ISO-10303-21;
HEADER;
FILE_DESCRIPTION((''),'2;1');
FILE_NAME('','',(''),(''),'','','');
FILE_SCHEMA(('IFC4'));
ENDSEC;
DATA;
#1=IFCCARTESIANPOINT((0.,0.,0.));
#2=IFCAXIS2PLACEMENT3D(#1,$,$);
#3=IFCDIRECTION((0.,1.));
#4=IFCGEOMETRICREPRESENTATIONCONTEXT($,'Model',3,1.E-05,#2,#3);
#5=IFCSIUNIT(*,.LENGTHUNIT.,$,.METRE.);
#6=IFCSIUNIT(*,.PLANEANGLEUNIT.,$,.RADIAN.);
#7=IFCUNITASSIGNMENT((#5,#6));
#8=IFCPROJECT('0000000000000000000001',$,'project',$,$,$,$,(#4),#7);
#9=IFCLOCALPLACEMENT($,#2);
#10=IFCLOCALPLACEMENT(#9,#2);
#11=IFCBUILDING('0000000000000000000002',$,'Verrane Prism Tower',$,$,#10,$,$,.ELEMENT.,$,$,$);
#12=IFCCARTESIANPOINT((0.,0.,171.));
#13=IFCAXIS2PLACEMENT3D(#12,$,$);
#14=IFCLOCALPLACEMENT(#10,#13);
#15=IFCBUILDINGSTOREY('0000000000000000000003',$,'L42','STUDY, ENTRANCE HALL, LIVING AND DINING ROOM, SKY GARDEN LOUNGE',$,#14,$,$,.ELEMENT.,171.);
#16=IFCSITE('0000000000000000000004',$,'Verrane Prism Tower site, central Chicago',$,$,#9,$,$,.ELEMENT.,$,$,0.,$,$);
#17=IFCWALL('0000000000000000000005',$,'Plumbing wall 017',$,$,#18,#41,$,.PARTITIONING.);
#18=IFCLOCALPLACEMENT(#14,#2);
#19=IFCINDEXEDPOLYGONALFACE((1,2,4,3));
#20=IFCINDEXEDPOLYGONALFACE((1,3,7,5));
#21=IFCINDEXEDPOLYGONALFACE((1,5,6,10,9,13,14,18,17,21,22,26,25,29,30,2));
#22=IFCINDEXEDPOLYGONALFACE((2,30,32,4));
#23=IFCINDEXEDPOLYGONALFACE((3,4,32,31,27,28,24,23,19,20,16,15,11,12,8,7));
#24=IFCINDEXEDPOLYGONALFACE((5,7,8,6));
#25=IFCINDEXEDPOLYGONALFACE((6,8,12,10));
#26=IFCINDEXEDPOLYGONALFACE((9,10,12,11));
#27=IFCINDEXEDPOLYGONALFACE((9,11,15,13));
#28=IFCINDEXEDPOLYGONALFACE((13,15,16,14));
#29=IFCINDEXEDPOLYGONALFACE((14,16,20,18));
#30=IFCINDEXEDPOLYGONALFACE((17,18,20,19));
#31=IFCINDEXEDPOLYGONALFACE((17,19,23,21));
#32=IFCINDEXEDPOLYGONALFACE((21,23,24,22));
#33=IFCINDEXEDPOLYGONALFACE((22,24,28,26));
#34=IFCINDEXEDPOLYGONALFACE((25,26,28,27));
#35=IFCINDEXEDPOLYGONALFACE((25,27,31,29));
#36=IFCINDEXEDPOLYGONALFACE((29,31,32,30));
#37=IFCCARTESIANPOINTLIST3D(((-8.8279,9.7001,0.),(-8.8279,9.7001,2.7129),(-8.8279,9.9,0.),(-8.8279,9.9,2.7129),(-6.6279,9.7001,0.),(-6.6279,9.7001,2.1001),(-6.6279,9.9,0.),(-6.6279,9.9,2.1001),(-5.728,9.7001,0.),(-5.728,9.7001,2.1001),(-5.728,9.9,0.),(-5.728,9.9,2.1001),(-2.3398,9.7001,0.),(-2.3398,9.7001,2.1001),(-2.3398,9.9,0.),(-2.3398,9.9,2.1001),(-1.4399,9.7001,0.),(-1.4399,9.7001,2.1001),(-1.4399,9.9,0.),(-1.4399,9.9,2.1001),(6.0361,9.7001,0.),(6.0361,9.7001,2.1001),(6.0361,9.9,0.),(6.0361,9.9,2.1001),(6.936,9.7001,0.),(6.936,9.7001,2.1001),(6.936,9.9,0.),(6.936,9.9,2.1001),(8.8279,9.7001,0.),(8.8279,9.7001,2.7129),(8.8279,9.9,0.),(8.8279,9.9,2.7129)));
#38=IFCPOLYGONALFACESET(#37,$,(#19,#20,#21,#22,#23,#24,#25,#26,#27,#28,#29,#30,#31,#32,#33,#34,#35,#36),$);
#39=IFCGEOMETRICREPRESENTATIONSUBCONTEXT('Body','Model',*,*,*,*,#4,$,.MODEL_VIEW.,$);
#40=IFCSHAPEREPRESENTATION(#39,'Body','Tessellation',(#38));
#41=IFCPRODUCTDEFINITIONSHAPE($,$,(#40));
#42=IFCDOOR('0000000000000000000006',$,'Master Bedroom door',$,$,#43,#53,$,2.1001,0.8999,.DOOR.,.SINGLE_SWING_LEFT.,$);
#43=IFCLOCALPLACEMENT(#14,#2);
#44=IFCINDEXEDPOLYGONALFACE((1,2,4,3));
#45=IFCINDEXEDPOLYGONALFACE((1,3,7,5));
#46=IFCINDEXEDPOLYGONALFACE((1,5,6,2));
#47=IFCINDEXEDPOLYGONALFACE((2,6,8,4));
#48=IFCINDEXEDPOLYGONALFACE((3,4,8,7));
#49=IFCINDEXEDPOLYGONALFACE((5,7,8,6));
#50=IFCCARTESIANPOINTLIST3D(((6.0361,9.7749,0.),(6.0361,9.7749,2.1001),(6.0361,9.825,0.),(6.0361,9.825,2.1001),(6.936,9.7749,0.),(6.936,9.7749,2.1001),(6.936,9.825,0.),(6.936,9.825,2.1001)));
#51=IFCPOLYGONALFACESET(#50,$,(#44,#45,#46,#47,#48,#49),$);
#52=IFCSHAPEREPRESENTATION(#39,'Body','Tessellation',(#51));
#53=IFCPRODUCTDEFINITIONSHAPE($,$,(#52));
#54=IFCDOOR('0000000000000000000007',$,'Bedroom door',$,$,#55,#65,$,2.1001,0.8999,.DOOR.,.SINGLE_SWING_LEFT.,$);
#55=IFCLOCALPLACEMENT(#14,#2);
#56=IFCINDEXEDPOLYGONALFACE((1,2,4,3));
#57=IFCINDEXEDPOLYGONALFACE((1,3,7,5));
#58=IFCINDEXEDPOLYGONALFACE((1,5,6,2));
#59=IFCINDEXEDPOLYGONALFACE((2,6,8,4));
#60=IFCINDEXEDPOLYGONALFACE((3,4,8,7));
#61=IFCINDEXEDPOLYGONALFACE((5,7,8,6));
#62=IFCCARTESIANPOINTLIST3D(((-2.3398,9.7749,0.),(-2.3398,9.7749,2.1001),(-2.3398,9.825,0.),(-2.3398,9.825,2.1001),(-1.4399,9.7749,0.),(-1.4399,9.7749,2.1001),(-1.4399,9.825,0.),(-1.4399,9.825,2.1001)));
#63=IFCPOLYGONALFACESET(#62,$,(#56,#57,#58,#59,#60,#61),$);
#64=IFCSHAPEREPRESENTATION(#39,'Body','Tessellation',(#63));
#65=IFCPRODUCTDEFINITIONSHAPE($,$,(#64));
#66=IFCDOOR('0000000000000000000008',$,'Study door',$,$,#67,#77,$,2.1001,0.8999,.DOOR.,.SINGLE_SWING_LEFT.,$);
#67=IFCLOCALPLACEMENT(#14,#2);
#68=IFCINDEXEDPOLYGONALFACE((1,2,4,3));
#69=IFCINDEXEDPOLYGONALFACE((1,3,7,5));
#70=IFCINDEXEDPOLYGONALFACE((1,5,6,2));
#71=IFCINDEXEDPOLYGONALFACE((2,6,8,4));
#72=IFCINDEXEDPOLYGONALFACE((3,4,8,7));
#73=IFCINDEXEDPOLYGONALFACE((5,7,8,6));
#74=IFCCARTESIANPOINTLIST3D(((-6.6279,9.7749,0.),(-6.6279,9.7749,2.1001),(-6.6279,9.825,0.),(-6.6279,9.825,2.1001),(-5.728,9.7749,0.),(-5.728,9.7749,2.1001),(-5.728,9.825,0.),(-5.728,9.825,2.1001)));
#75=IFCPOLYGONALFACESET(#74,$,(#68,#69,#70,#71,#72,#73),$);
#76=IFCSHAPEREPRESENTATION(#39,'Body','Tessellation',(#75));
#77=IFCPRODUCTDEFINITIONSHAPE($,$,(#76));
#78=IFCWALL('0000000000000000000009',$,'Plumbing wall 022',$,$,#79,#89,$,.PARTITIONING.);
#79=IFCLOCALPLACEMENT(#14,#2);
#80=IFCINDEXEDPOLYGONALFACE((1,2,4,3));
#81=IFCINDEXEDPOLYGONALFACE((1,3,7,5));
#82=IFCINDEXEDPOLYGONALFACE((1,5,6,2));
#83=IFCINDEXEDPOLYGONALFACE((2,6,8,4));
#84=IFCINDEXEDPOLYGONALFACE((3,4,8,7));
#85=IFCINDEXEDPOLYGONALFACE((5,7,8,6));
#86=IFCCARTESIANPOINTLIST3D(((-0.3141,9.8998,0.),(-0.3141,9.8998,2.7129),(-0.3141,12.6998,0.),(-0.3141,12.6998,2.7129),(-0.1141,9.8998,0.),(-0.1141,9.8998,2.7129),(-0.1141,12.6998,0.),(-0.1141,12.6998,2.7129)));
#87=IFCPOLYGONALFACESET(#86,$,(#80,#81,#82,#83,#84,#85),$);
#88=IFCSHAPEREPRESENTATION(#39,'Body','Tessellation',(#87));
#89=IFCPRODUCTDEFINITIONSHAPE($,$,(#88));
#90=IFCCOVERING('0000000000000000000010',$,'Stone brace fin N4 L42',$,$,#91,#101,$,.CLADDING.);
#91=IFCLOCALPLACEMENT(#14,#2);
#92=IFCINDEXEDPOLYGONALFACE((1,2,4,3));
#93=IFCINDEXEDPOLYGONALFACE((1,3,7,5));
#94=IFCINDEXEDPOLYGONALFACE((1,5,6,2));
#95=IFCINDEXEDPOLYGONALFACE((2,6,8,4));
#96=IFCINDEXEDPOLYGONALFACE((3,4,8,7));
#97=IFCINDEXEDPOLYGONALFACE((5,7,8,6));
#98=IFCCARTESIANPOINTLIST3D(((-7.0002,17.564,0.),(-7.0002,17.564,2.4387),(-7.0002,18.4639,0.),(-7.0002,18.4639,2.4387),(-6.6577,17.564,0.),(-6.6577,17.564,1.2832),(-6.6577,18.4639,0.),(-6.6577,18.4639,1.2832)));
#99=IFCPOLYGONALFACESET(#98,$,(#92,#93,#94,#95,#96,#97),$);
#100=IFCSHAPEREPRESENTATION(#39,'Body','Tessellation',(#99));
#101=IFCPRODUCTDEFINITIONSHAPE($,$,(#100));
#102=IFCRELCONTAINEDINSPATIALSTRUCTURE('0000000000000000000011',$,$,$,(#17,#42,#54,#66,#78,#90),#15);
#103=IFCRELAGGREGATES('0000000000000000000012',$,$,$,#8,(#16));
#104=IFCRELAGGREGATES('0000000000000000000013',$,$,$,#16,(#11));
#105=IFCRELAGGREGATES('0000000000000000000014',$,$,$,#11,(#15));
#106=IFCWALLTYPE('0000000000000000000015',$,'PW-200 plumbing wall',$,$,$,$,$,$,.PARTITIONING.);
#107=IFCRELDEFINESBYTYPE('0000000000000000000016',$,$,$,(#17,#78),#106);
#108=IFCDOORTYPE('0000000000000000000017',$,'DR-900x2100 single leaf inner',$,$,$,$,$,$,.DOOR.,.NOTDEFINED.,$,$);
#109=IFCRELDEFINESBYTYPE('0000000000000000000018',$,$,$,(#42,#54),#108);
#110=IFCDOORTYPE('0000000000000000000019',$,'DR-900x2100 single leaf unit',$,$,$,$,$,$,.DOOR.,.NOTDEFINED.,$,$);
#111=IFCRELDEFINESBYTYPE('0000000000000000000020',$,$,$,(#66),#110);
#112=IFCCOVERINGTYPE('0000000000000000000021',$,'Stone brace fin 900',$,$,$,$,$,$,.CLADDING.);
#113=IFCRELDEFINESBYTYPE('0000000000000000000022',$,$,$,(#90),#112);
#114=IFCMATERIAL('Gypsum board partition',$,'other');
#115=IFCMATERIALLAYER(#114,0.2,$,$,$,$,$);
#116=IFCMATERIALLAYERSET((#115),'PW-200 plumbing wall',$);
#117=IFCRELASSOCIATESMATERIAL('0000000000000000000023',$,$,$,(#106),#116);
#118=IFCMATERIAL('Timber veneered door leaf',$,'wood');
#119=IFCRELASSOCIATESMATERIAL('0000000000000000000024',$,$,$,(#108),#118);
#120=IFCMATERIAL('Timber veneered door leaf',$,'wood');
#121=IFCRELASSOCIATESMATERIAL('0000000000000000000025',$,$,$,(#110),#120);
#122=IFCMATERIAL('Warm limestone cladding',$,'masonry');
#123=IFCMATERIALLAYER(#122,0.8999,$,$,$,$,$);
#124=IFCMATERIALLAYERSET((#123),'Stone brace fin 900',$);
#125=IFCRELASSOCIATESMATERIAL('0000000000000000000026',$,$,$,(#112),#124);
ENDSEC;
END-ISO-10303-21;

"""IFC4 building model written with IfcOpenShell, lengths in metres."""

from ifc_helpers import new_model, si_unit, direction, frame, frame_2d, origin, place, context, subcontext, project, spatial, polyline, rectangle, outline, extrude, material, layer, layer_set, type_object, element, fill, save


model = new_model("IFC4")

# Units and contexts
model_context = context("Model", 3, precision=1e-05, world=origin(), true_north=direction((0.0, 1.0)))
body_context = subcontext(model_context, "Body", "Model", "MODEL_VIEW")
ifc_project = project(units=[si_unit("LENGTHUNIT", "METRE"), si_unit("PLANEANGLEUNIT", "RADIAN")], contexts=[model_context])

# Site, building, storey
site_placement = place(None, origin())
site = spatial("IfcSite", under=ifc_project, at=site_placement, Name="Verrane Prism Tower site, central Chicago", CompositionType="ELEMENT", RefElevation=0.0)
building_placement = place(site_placement, origin())
building = spatial("IfcBuilding", under=site, at=building_placement, Name="Verrane Prism Tower", CompositionType="ELEMENT")
storey_placement = place(building_placement, frame((0.0, 0.0, 171.0)))
storey = spatial("IfcBuildingStorey", under=building, at=storey_placement, Name="L42", Description="STUDY, ENTRANCE HALL, LIVING AND DINING ROOM, SKY GARDEN LOUNGE", CompositionType="ELEMENT", Elevation=171.0)

# Wall, openings, doors
ifc_material_1 = material(Name="Gypsum board partition", Category="other")
ifc_layer_1 = layer(ifc_material_1, 0.2)
ifc_layer_set_1 = layer_set([ifc_layer_1], Name="PW-200 plumbing wall")
wall_type_1 = type_object("IfcWallType", Name="PW-200 plumbing wall", PredefinedType="PARTITIONING", material=ifc_layer_set_1)
wall_1_placement = place(storey_placement, frame((-8.8279, 9.8, 0.0), z_axis=(0.0, 0.0, 1.0), x_axis=(1.0, 0.0, 0.0)))
wall_1 = element("IfcWall", 1, at=wall_1_placement, inside=storey, type_object=wall_type_1, Name="Plumbing wall 017", PredefinedType="PARTITIONING", context=body_context, shape_type="SweptSolid", body=[
    extrude(rectangle(XDim=17.6558, YDim=0.2, at=frame_2d((8.8279, 0.0))), origin(), (0.0, 0.0, 1.0), 2.7129),
])
opening_1_placement = place(wall_1_placement, frame((14.864, 0.0, 0.0)))
opening_1 = element("IfcOpeningElement", 2, at=opening_1_placement, cuts=wall_1, PredefinedType="OPENING", context=body_context, shape_type="SweptSolid", body=[
    extrude(rectangle(XDim=0.8999, YDim=2.1001, at=frame_2d((0.45, 1.05))), frame((0.0, 0.1099, 0.0), z_axis=(0.0, -1.0, 0.0), x_axis=(1.0, 0.0, 0.0)), (0.0, 0.0, 1.0), 0.22),
])
opening_2_placement = place(wall_1_placement, frame((6.488, 0.0, 0.0)))
opening_2 = element("IfcOpeningElement", 3, at=opening_2_placement, cuts=wall_1, PredefinedType="OPENING", context=body_context, shape_type="SweptSolid", body=[
    extrude(rectangle(XDim=0.8999, YDim=2.1001, at=frame_2d((0.45, 1.05))), frame((0.0, 0.1099, 0.0), z_axis=(0.0, -1.0, 0.0), x_axis=(1.0, 0.0, 0.0)), (0.0, 0.0, 1.0), 0.22),
])
opening_3_placement = place(wall_1_placement, frame((2.2, 0.0, 0.0)))
opening_3 = element("IfcOpeningElement", 4, at=opening_3_placement, cuts=wall_1, PredefinedType="OPENING", context=body_context, shape_type="SweptSolid", body=[
    extrude(rectangle(XDim=0.8999, YDim=2.1001, at=frame_2d((0.45, 1.05))), frame((0.0, 0.1099, 0.0), z_axis=(0.0, -1.0, 0.0), x_axis=(1.0, 0.0, 0.0)), (0.0, 0.0, 1.0), 0.22),
])
ifc_material_2 = material(Name="Timber veneered door leaf", Category="wood")
door_type_1 = type_object("IfcDoorType", Name="DR-900x2100 single leaf inner", OperationType="NOTDEFINED", PredefinedType="DOOR", material=ifc_material_2)
door_1_placement = place(opening_1_placement, origin())
door_1 = element("IfcDoor", 5, at=door_1_placement, inside=storey, type_object=door_type_1, Name="Master Bedroom door", OperationType="SINGLE_SWING_LEFT", OverallHeight=2.1001, OverallWidth=0.8999, PredefinedType="DOOR", context=body_context, shape_type="SweptSolid", body=[
    extrude(rectangle(XDim=0.8999, YDim=2.1001, at=frame_2d((0.45, 1.05))), frame((0.0, 0.0249, 0.0), z_axis=(0.0, -1.0, 0.0), x_axis=(1.0, 0.0, 0.0)), (0.0, 0.0, 1.0), 0.05),
])
fill(opening_1, door_1)
door_2_placement = place(opening_2_placement, origin())
door_2 = element("IfcDoor", 6, at=door_2_placement, inside=storey, type_object=door_type_1, Name="Bedroom door", OperationType="SINGLE_SWING_LEFT", OverallHeight=2.1001, OverallWidth=0.8999, PredefinedType="DOOR", context=body_context, shape_type="SweptSolid", body=[
    extrude(rectangle(XDim=0.8999, YDim=2.1001, at=frame_2d((0.45, 1.05))), frame((0.0, 0.0249, 0.0), z_axis=(0.0, -1.0, 0.0), x_axis=(1.0, 0.0, 0.0)), (0.0, 0.0, 1.0), 0.05),
])
fill(opening_2, door_2)
ifc_material_3 = material(Name="Timber veneered door leaf", Category="wood")
door_type_2 = type_object("IfcDoorType", Name="DR-900x2100 single leaf unit", OperationType="NOTDEFINED", PredefinedType="DOOR", material=ifc_material_3)
door_3_placement = place(opening_3_placement, origin())
door_3 = element("IfcDoor", 7, at=door_3_placement, inside=storey, type_object=door_type_2, Name="Study door", OperationType="SINGLE_SWING_LEFT", OverallHeight=2.1001, OverallWidth=0.8999, PredefinedType="DOOR", context=body_context, shape_type="SweptSolid", body=[
    extrude(rectangle(XDim=0.8999, YDim=2.1001, at=frame_2d((0.45, 1.05))), frame((0.0, 0.0249, 0.0), z_axis=(0.0, -1.0, 0.0), x_axis=(1.0, 0.0, 0.0)), (0.0, 0.0, 1.0), 0.05),
])
fill(opening_3, door_3)

# Wall
wall_2_placement = place(storey_placement, frame((-0.2141, 9.8999, 0.0), z_axis=(0.0, 0.0, 1.0), x_axis=(0.0, 1.0, 0.0)))
element("IfcWall", 8, at=wall_2_placement, inside=storey, type_object=wall_type_1, Name="Plumbing wall 022", PredefinedType="PARTITIONING", context=body_context, shape_type="SweptSolid", body=[
    extrude(rectangle(XDim=2.8, YDim=0.2, at=frame_2d((1.3999, 0.0))), origin(), (0.0, 0.0, 1.0), 2.7129),
])

# Covering
ifc_material_4 = material(Name="Warm limestone cladding", Category="masonry")
ifc_layer_2 = layer(ifc_material_4, 0.8999)
ifc_layer_set_2 = layer_set([ifc_layer_2], Name="Stone brace fin 900")
covering_type = type_object("IfcCoveringType", Name="Stone brace fin 900", PredefinedType="CLADDING", material=ifc_layer_set_2)
covering_placement = place(storey_placement, frame((-6.6577, 18.0139, 0.0), z_axis=(0.0, 0.0, 1.0), x_axis=(-1.0, 0.0, 0.0)))
element("IfcCovering", 9, at=covering_placement, inside=storey, type_object=covering_type, Name="Stone brace fin N4 L42", PredefinedType="CLADDING", context=body_context, shape_type="SweptSolid", body=[
    extrude(outline(polyline([(0.0, 0.0), (0.3425, 0.0), (0.3425, 2.4387), (0.0, 1.2832), (0.0, 0.0)])), frame((0.0, 0.45, 0.0), z_axis=(0.0, -1.0, 0.0), x_axis=(1.0, 0.0, 0.0)), (0.0, 0.0, 1.0), 0.8999),
])

save(model, "model.ifc")
